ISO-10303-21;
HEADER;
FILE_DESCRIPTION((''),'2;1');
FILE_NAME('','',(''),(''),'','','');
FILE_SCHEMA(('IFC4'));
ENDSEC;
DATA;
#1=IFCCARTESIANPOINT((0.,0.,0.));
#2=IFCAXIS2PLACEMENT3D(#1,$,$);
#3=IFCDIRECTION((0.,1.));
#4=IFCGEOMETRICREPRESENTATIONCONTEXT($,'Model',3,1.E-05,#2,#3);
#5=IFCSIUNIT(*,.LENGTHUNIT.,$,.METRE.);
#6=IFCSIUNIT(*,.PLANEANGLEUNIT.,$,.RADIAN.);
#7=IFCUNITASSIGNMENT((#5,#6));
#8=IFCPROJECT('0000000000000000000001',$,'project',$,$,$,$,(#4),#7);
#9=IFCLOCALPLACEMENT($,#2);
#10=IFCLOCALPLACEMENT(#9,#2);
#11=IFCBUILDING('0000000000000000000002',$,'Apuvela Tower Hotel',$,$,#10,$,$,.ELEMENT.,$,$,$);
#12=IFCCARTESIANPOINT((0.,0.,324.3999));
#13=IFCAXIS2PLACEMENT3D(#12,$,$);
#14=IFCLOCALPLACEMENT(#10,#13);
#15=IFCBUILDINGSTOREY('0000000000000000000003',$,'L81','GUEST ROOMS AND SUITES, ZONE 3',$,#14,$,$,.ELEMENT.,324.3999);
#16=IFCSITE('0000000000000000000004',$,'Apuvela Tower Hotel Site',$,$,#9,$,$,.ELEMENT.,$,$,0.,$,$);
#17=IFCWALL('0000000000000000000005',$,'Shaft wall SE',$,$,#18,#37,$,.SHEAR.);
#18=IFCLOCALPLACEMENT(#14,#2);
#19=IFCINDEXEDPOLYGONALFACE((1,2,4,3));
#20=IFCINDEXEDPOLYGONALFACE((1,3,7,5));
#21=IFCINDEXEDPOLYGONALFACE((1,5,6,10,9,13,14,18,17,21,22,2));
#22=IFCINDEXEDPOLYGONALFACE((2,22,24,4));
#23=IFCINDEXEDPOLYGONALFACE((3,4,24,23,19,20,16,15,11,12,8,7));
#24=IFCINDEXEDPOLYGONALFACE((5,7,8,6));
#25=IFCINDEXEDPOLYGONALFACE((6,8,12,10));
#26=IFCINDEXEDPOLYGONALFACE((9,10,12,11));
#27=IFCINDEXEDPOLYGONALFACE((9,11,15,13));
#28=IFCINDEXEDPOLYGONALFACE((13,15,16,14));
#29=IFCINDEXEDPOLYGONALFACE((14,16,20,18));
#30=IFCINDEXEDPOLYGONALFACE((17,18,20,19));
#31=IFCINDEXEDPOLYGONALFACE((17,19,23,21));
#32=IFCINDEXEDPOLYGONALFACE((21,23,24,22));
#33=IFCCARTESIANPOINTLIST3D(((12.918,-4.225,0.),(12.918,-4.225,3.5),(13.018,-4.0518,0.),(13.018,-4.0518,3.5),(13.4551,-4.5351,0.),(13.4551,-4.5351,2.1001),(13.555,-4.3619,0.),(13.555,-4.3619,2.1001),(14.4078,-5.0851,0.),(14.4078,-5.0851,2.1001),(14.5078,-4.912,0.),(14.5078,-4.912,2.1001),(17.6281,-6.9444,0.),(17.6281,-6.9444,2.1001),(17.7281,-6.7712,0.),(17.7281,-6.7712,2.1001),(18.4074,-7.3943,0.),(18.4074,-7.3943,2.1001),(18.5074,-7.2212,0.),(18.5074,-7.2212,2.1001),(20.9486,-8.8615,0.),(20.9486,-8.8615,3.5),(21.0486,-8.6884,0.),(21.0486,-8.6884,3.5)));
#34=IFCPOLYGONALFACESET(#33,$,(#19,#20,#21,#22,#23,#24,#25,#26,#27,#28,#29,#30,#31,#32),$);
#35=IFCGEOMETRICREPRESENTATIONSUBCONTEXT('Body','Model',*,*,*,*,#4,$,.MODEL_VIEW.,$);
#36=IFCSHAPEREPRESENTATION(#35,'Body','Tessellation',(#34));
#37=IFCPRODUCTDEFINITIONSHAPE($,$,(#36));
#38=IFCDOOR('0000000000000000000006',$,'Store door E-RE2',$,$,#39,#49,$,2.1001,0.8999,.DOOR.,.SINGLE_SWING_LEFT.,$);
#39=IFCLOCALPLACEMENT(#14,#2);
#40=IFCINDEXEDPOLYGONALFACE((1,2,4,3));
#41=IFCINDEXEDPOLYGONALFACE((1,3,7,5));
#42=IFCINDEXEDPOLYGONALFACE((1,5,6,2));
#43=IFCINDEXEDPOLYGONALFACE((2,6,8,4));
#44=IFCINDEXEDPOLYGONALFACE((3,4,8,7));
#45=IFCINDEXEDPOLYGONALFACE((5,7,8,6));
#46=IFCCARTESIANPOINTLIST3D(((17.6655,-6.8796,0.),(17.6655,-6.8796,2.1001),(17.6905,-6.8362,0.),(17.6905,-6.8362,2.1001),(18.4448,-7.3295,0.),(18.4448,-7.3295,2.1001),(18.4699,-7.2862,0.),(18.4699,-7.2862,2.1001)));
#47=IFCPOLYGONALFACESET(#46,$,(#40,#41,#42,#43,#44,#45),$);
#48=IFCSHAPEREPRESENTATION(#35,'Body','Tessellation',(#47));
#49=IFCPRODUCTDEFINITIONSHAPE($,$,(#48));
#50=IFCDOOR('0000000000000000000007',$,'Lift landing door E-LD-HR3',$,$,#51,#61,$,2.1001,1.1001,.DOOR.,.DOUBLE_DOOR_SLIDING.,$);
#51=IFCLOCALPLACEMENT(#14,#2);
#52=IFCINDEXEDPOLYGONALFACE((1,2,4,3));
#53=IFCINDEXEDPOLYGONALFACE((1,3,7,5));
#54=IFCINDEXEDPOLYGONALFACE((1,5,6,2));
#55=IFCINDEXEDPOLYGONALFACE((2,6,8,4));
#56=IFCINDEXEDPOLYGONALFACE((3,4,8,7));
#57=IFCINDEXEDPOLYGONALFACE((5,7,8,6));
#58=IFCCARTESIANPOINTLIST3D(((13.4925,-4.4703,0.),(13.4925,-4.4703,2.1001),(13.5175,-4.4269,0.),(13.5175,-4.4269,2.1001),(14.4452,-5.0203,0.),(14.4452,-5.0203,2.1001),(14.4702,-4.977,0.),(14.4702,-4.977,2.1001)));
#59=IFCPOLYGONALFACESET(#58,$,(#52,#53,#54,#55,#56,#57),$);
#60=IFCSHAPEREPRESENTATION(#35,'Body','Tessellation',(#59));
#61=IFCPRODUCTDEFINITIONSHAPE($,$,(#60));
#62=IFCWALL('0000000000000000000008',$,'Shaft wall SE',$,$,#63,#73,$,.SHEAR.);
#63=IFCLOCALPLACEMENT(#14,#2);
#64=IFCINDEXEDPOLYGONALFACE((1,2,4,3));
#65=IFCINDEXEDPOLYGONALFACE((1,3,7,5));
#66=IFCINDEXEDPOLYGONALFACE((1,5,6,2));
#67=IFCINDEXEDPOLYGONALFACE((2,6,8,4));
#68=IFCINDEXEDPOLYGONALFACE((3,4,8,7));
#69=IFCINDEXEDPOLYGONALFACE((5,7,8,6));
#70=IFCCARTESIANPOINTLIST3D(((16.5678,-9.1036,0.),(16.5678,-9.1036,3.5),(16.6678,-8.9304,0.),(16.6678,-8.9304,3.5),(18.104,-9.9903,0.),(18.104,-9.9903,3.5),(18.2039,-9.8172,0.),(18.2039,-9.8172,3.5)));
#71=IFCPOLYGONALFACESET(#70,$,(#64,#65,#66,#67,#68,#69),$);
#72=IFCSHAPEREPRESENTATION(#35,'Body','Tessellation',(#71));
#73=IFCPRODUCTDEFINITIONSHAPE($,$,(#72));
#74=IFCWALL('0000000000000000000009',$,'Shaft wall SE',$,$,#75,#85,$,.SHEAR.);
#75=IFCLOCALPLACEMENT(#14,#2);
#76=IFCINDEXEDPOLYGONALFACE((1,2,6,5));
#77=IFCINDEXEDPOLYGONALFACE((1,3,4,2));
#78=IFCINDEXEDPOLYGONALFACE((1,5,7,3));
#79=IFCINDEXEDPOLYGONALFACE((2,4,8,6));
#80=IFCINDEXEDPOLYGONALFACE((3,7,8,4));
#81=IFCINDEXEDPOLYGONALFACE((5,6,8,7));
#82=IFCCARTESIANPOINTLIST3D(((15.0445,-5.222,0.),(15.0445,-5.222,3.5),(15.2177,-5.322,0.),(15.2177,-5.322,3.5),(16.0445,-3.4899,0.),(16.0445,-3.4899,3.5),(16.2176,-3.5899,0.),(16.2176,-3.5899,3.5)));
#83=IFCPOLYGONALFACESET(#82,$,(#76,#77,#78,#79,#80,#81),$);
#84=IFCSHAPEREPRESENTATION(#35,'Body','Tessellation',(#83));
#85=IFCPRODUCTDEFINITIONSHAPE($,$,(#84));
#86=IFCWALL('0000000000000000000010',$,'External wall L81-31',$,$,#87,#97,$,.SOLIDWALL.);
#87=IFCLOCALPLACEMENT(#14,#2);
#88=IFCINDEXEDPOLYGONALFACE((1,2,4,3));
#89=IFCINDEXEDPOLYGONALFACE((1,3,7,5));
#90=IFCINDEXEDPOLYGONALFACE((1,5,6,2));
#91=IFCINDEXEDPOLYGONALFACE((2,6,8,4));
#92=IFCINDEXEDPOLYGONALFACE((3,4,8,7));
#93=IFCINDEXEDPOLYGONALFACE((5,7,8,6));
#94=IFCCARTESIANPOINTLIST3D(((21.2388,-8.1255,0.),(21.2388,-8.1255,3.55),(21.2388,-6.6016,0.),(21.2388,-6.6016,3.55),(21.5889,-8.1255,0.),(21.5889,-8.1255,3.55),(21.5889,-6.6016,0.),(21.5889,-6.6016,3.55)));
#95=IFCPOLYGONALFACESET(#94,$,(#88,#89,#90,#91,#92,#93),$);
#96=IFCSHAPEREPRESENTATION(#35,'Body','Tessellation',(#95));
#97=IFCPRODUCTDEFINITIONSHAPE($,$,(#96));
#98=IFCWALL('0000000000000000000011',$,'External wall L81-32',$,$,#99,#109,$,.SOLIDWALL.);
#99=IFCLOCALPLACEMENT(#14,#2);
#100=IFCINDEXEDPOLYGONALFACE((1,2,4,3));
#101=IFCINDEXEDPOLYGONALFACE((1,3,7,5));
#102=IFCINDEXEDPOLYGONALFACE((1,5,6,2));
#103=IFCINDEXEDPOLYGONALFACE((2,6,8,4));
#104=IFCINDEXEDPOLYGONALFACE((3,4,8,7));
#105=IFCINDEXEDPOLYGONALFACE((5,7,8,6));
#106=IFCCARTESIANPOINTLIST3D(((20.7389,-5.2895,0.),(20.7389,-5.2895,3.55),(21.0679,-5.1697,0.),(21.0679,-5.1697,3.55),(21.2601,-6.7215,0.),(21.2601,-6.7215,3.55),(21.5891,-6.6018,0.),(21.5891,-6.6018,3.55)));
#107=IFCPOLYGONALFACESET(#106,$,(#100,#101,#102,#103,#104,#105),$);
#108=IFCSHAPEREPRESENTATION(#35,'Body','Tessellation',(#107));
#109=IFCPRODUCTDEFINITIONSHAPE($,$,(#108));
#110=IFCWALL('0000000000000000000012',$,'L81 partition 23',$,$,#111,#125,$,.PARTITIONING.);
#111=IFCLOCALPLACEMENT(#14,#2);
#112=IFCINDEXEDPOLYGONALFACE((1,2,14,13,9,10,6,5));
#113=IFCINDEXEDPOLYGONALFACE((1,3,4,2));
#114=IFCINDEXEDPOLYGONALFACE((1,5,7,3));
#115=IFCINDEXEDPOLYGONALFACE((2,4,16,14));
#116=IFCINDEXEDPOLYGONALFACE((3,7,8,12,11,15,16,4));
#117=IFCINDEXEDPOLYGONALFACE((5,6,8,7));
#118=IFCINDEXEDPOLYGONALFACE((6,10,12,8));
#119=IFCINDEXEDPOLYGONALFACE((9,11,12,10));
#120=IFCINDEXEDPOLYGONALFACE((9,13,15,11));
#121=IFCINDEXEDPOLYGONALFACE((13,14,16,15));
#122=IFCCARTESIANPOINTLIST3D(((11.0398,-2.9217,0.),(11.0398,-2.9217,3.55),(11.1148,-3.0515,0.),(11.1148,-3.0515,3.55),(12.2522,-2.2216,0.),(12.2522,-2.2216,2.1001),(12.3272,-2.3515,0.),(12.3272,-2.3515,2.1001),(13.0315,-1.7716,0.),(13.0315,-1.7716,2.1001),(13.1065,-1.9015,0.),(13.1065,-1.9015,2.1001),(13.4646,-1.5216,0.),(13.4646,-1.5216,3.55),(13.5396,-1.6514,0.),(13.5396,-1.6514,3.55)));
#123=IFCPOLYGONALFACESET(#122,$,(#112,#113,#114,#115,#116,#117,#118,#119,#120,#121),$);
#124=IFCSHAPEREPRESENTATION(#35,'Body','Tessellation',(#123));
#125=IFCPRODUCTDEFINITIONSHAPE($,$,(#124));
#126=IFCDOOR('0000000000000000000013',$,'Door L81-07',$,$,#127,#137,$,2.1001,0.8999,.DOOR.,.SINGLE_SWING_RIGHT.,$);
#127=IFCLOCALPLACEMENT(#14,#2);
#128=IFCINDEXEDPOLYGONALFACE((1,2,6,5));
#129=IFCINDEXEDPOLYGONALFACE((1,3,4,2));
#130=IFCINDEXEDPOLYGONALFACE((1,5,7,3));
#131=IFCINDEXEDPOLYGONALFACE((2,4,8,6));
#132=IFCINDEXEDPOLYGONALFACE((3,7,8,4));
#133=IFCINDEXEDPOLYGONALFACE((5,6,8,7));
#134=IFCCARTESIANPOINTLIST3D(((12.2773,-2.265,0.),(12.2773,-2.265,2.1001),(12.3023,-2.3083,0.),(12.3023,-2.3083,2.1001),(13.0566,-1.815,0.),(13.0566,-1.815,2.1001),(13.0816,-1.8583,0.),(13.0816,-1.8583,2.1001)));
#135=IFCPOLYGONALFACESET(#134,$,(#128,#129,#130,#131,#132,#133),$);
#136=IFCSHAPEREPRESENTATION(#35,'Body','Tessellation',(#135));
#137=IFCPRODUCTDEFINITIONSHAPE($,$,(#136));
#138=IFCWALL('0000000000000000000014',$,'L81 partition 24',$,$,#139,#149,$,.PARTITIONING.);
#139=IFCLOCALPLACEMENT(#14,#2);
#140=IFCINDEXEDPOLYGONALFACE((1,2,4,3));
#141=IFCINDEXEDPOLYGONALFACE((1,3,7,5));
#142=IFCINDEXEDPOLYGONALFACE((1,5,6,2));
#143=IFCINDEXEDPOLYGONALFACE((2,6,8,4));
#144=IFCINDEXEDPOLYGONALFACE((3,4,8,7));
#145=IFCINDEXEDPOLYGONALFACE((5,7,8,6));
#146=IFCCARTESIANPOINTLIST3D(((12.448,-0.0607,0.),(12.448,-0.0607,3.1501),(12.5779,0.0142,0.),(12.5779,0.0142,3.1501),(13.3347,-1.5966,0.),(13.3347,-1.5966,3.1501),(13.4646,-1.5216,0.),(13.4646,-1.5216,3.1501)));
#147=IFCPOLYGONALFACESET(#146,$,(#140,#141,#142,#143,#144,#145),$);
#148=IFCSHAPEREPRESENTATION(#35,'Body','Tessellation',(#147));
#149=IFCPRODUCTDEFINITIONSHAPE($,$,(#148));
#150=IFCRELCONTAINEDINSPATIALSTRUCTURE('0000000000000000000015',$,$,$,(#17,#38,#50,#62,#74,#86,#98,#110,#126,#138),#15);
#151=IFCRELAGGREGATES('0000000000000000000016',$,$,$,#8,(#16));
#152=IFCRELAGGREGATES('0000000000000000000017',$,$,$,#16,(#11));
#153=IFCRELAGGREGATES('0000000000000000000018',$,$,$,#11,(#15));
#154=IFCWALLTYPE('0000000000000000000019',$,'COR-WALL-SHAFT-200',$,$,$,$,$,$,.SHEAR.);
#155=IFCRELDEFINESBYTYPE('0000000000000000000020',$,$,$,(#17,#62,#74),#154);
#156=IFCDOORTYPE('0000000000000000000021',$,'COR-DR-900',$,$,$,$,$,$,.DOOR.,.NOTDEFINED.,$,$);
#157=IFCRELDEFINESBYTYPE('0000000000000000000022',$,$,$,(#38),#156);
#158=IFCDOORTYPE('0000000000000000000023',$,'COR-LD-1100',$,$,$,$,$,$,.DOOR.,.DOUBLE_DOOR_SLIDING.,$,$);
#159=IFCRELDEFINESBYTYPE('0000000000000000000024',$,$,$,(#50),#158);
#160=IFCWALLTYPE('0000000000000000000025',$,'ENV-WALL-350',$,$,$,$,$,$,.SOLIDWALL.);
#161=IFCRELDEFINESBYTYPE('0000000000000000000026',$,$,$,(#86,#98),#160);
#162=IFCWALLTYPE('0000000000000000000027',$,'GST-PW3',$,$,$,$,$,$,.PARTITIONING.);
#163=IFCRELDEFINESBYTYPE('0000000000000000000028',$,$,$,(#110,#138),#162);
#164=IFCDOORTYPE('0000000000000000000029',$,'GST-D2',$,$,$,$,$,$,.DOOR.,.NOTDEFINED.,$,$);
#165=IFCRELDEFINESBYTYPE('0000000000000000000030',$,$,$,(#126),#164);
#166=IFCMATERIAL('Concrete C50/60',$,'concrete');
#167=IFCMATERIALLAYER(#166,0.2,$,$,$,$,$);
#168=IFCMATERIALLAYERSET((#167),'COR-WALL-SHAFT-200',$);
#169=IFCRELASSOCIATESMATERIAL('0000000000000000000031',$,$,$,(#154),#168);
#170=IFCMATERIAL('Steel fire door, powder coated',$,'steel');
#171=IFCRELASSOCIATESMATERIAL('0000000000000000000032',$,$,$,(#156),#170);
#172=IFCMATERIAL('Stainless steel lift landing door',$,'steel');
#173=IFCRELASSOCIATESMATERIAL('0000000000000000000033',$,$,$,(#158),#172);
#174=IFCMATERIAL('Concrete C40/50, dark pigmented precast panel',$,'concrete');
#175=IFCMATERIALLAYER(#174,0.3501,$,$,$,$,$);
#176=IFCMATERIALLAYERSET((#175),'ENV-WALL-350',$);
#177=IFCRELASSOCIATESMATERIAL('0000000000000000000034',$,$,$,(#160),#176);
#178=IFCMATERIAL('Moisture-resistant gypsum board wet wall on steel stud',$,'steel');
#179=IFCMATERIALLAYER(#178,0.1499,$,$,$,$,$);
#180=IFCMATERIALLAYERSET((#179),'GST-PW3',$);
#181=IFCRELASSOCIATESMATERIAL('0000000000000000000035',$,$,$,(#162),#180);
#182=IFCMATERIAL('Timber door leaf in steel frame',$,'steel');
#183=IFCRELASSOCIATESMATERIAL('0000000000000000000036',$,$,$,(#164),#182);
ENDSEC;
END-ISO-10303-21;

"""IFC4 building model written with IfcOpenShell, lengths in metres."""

from ifc_helpers import new_model, si_unit, direction, frame, frame_2d, origin, place, context, subcontext, project, spatial, rectangle, extrude, material, layer, layer_set, type_object, element, fill, save


model = new_model("IFC4")

# Units and contexts
model_context = context("Model", 3, precision=1e-05, world=origin(), true_north=direction((0.0, 1.0)))
body_context = subcontext(model_context, "Body", "Model", "MODEL_VIEW")
ifc_project = project(units=[si_unit("LENGTHUNIT", "METRE"), si_unit("PLANEANGLEUNIT", "RADIAN")], contexts=[model_context])

# Site, building, storey
site_placement = place(None, origin())
site = spatial("IfcSite", under=ifc_project, at=site_placement, Name="Apuvela Tower Hotel Site", CompositionType="ELEMENT", RefElevation=0.0)
building_placement = place(site_placement, origin())
building = spatial("IfcBuilding", under=site, at=building_placement, Name="Apuvela Tower Hotel", CompositionType="ELEMENT")
storey_placement = place(building_placement, frame((0.0, 0.0, 324.3999)))
storey = spatial("IfcBuildingStorey", under=building, at=storey_placement, Name="L81", Description="GUEST ROOMS AND SUITES, ZONE 3", CompositionType="ELEMENT", Elevation=324.3999)

# Shared definitions
ifc_material_1 = material(Name="Concrete C50/60", Category="concrete")
ifc_layer_1 = layer(ifc_material_1, 0.2)
ifc_layer_set_1 = layer_set([ifc_layer_1], Name="COR-WALL-SHAFT-200")
wall_type_1 = type_object("IfcWallType", Name="COR-WALL-SHAFT-200", PredefinedType="SHEAR", material=ifc_layer_set_1)

# Wall, openings, doors
wall_1_placement = place(storey_placement, frame((12.968, -4.1384, 0.0), z_axis=(0.0, 0.0, 1.0), x_axis=(0.866023, -0.500004, 0.0)))
wall_1 = element("IfcWall", 1, at=wall_1_placement, inside=storey, type_object=wall_type_1, Name="Shaft wall SE", PredefinedType="SHEAR", context=body_context, shape_type="SweptSolid", body=[
    extrude(rectangle(XDim=9.2729, YDim=0.2, at=frame_2d((4.6365, 0.0))), origin(), (0.0, 0.0, 1.0), 3.5),
])
opening_1_placement = place(wall_1_placement, frame((0.6201, 0.0, 0.0)))
opening_1 = element("IfcOpeningElement", 2, at=opening_1_placement, cuts=wall_1, PredefinedType="OPENING", context=body_context, shape_type="SweptSolid", body=[
    extrude(rectangle(XDim=1.1001, YDim=2.1001, at=frame_2d((0.55, 1.05))), frame((0.0, 0.1099, 0.0), z_axis=(0.0, -1.0, 0.0), x_axis=(1.0, 0.0, 0.0)), (0.0, 0.0, 1.0), 0.22),
])
opening_2_placement = place(wall_1_placement, frame((5.4387, 0.0, 0.0)))
opening_2 = element("IfcOpeningElement", 3, at=opening_2_placement, cuts=wall_1, PredefinedType="OPENING", context=body_context, shape_type="SweptSolid", body=[
    extrude(rectangle(XDim=0.8999, YDim=2.1001, at=frame_2d((0.45, 1.05))), frame((0.0, 0.1099, 0.0), z_axis=(0.0, -1.0, 0.0), x_axis=(1.0, 0.0, 0.0)), (0.0, 0.0, 1.0), 0.22),
])
ifc_material_2 = material(Name="Steel fire door, powder coated", Category="steel")
door_type_1 = type_object("IfcDoorType", Name="COR-DR-900", OperationType="NOTDEFINED", PredefinedType="DOOR", material=ifc_material_2)
door_1_placement = place(opening_2_placement, origin())
door_1 = element("IfcDoor", 4, at=door_1_placement, inside=storey, type_object=door_type_1, Name="Store door E-RE2", OperationType="SINGLE_SWING_LEFT", OverallHeight=2.1001, OverallWidth=0.8999, PredefinedType="DOOR", context=body_context, shape_type="SweptSolid", body=[
    extrude(rectangle(XDim=0.8999, YDim=2.1001, at=frame_2d((0.45, 1.05))), frame((0.0, 0.0249, 0.0), z_axis=(0.0, -1.0, 0.0), x_axis=(1.0, 0.0, 0.0)), (0.0, 0.0, 1.0), 0.05),
])
fill(opening_2, door_1)
ifc_material_3 = material(Name="Stainless steel lift landing door", Category="steel")
door_type_2 = type_object("IfcDoorType", Name="COR-LD-1100", OperationType="DOUBLE_DOOR_SLIDING", PredefinedType="DOOR", material=ifc_material_3)
door_2_placement = place(opening_1_placement, origin())
door_2 = element("IfcDoor", 5, at=door_2_placement, inside=storey, type_object=door_type_2, Name="Lift landing door E-LD-HR3", OperationType="DOUBLE_DOOR_SLIDING", OverallHeight=2.1001, OverallWidth=1.1001, PredefinedType="DOOR", context=body_context, shape_type="SweptSolid", body=[
    extrude(rectangle(XDim=1.1001, YDim=2.1001, at=frame_2d((0.55, 1.05))), frame((0.0, 0.0249, 0.0), z_axis=(0.0, -1.0, 0.0), x_axis=(1.0, 0.0, 0.0)), (0.0, 0.0, 1.0), 0.05),
])
fill(opening_1, door_2)

# Walls
wall_2_placement = place(storey_placement, frame((16.6179, -9.0171, 0.0), z_axis=(0.0, 0.0, 1.0), x_axis=(0.866066, -0.499929, 0.0)))
element("IfcWall", 6, at=wall_2_placement, inside=storey, type_object=wall_type_1, Name="Shaft wall SE", PredefinedType="SHEAR", context=body_context, shape_type="SweptSolid", body=[
    extrude(rectangle(XDim=1.7737, YDim=0.2, at=frame_2d((0.8867, 0.0))), origin(), (0.0, 0.0, 1.0), 3.5),
])
wall_3_placement = place(storey_placement, frame((15.1311, -5.272, 0.0), z_axis=(0.0, 0.0, 1.0), x_axis=(0.499973, 0.866041, 0.0)))
element("IfcWall", 7, at=wall_3_placement, inside=storey, type_object=wall_type_1, Name="Shaft wall SE", PredefinedType="SHEAR", context=body_context, shape_type="SweptSolid", body=[
    extrude(rectangle(XDim=2.0, YDim=0.2, at=frame_2d((1.0, 0.0))), origin(), (0.0, 0.0, 1.0), 3.5),
])
ifc_material_4 = material(Name="Concrete C40/50, dark pigmented precast panel", Category="concrete")
ifc_layer_2 = layer(ifc_material_4, 0.3501)
ifc_layer_set_2 = layer_set([ifc_layer_2], Name="ENV-WALL-350")
wall_type_2 = type_object("IfcWallType", Name="ENV-WALL-350", PredefinedType="SOLIDWALL", material=ifc_layer_set_2)
for number, where, z_axis, x_axis, name in (
    (8, (21.4138, -8.1255, 0.0), (0.0, 0.0, 1.0), (0.0, 1.0, 0.0), "External wall L81-31"),
    (9, (21.4246, -6.6616, 0.0), (0.0, 0.0, 1.0), (-0.342013, 0.939695, 0.0), "External wall L81-32"),
):
    element("IfcWall", number, at=place(storey_placement, frame(where, z_axis=z_axis, x_axis=x_axis)), inside=storey, type_object=wall_type_2, Name=name, PredefinedType="SOLIDWALL", context=body_context, shape_type="SweptSolid", body=[
        extrude(rectangle(XDim=1.5239, YDim=0.3501, at=frame_2d((0.762, 0.0))), origin(), (0.0, 0.0, 1.0), 3.55),
    ])

# Wall, opening, door
ifc_material_5 = material(Name="Moisture-resistant gypsum board wet wall on steel stud", Category="steel")
ifc_layer_3 = layer(ifc_material_5, 0.1499)
ifc_layer_set_3 = layer_set([ifc_layer_3], Name="GST-PW3")
wall_type_3 = type_object("IfcWallType", Name="GST-PW3", PredefinedType="PARTITIONING", material=ifc_layer_set_3)
wall_4_placement = place(storey_placement, frame((11.0774, -2.9866, 0.0), z_axis=(0.0, 0.0, 1.0), x_axis=(0.865997, 0.50005, 0.0)))
wall_4 = element("IfcWall", 10, at=wall_4_placement, inside=storey, type_object=wall_type_3, Name="L81 partition 23", PredefinedType="PARTITIONING", context=body_context, shape_type="SweptSolid", body=[
    extrude(rectangle(XDim=2.8, YDim=0.1499, at=frame_2d((1.3999, 0.0))), origin(), (0.0, 0.0, 1.0), 3.55),
])
opening_3_placement = place(wall_4_placement, frame((1.3999, 0.0, 0.0)))
opening_3 = element("IfcOpeningElement", 11, at=opening_3_placement, cuts=wall_4, PredefinedType="OPENING", context=body_context, shape_type="SweptSolid", body=[
    extrude(rectangle(XDim=0.8999, YDim=2.1001, at=frame_2d((0.45, 1.05))), frame((0.0, 0.085, 0.0), z_axis=(0.0, -1.0, 0.0), x_axis=(1.0, 0.0, 0.0)), (0.0, 0.0, 1.0), 0.1699),
])
ifc_material_6 = material(Name="Timber door leaf in steel frame", Category="steel")
door_type_3 = type_object("IfcDoorType", Name="GST-D2", OperationType="NOTDEFINED", PredefinedType="DOOR", material=ifc_material_6)
door_3_placement = place(opening_3_placement, origin())
door_3 = element("IfcDoor", 12, at=door_3_placement, inside=storey, type_object=door_type_3, Name="Door L81-07", OperationType="SINGLE_SWING_RIGHT", OverallHeight=2.1001, OverallWidth=0.8999, PredefinedType="DOOR", context=body_context, shape_type="SweptSolid", body=[
    extrude(rectangle(XDim=0.8999, YDim=2.1001, at=frame_2d((0.45, 1.05))), frame((0.0, 0.0249, 0.0), z_axis=(0.0, -1.0, 0.0), x_axis=(1.0, 0.0, 0.0)), (0.0, 0.0, 1.0), 0.05),
])
fill(opening_3, door_3)

# Wall
wall_5_placement = place(storey_placement, frame((13.3997, -1.5591, 0.0), z_axis=(0.0, 0.0, 1.0), x_axis=(-0.499989, 0.866032, 0.0)))
element("IfcWall", 13, at=wall_5_placement, inside=storey, type_object=wall_type_3, Name="L81 partition 24", PredefinedType="PARTITIONING", context=body_context, shape_type="SweptSolid", body=[
    extrude(rectangle(XDim=1.7734, YDim=0.1499, at=frame_2d((0.8867, 0.0))), origin(), (0.0, 0.0, 1.0), 3.1501),
])

save(model, "model.ifc")
